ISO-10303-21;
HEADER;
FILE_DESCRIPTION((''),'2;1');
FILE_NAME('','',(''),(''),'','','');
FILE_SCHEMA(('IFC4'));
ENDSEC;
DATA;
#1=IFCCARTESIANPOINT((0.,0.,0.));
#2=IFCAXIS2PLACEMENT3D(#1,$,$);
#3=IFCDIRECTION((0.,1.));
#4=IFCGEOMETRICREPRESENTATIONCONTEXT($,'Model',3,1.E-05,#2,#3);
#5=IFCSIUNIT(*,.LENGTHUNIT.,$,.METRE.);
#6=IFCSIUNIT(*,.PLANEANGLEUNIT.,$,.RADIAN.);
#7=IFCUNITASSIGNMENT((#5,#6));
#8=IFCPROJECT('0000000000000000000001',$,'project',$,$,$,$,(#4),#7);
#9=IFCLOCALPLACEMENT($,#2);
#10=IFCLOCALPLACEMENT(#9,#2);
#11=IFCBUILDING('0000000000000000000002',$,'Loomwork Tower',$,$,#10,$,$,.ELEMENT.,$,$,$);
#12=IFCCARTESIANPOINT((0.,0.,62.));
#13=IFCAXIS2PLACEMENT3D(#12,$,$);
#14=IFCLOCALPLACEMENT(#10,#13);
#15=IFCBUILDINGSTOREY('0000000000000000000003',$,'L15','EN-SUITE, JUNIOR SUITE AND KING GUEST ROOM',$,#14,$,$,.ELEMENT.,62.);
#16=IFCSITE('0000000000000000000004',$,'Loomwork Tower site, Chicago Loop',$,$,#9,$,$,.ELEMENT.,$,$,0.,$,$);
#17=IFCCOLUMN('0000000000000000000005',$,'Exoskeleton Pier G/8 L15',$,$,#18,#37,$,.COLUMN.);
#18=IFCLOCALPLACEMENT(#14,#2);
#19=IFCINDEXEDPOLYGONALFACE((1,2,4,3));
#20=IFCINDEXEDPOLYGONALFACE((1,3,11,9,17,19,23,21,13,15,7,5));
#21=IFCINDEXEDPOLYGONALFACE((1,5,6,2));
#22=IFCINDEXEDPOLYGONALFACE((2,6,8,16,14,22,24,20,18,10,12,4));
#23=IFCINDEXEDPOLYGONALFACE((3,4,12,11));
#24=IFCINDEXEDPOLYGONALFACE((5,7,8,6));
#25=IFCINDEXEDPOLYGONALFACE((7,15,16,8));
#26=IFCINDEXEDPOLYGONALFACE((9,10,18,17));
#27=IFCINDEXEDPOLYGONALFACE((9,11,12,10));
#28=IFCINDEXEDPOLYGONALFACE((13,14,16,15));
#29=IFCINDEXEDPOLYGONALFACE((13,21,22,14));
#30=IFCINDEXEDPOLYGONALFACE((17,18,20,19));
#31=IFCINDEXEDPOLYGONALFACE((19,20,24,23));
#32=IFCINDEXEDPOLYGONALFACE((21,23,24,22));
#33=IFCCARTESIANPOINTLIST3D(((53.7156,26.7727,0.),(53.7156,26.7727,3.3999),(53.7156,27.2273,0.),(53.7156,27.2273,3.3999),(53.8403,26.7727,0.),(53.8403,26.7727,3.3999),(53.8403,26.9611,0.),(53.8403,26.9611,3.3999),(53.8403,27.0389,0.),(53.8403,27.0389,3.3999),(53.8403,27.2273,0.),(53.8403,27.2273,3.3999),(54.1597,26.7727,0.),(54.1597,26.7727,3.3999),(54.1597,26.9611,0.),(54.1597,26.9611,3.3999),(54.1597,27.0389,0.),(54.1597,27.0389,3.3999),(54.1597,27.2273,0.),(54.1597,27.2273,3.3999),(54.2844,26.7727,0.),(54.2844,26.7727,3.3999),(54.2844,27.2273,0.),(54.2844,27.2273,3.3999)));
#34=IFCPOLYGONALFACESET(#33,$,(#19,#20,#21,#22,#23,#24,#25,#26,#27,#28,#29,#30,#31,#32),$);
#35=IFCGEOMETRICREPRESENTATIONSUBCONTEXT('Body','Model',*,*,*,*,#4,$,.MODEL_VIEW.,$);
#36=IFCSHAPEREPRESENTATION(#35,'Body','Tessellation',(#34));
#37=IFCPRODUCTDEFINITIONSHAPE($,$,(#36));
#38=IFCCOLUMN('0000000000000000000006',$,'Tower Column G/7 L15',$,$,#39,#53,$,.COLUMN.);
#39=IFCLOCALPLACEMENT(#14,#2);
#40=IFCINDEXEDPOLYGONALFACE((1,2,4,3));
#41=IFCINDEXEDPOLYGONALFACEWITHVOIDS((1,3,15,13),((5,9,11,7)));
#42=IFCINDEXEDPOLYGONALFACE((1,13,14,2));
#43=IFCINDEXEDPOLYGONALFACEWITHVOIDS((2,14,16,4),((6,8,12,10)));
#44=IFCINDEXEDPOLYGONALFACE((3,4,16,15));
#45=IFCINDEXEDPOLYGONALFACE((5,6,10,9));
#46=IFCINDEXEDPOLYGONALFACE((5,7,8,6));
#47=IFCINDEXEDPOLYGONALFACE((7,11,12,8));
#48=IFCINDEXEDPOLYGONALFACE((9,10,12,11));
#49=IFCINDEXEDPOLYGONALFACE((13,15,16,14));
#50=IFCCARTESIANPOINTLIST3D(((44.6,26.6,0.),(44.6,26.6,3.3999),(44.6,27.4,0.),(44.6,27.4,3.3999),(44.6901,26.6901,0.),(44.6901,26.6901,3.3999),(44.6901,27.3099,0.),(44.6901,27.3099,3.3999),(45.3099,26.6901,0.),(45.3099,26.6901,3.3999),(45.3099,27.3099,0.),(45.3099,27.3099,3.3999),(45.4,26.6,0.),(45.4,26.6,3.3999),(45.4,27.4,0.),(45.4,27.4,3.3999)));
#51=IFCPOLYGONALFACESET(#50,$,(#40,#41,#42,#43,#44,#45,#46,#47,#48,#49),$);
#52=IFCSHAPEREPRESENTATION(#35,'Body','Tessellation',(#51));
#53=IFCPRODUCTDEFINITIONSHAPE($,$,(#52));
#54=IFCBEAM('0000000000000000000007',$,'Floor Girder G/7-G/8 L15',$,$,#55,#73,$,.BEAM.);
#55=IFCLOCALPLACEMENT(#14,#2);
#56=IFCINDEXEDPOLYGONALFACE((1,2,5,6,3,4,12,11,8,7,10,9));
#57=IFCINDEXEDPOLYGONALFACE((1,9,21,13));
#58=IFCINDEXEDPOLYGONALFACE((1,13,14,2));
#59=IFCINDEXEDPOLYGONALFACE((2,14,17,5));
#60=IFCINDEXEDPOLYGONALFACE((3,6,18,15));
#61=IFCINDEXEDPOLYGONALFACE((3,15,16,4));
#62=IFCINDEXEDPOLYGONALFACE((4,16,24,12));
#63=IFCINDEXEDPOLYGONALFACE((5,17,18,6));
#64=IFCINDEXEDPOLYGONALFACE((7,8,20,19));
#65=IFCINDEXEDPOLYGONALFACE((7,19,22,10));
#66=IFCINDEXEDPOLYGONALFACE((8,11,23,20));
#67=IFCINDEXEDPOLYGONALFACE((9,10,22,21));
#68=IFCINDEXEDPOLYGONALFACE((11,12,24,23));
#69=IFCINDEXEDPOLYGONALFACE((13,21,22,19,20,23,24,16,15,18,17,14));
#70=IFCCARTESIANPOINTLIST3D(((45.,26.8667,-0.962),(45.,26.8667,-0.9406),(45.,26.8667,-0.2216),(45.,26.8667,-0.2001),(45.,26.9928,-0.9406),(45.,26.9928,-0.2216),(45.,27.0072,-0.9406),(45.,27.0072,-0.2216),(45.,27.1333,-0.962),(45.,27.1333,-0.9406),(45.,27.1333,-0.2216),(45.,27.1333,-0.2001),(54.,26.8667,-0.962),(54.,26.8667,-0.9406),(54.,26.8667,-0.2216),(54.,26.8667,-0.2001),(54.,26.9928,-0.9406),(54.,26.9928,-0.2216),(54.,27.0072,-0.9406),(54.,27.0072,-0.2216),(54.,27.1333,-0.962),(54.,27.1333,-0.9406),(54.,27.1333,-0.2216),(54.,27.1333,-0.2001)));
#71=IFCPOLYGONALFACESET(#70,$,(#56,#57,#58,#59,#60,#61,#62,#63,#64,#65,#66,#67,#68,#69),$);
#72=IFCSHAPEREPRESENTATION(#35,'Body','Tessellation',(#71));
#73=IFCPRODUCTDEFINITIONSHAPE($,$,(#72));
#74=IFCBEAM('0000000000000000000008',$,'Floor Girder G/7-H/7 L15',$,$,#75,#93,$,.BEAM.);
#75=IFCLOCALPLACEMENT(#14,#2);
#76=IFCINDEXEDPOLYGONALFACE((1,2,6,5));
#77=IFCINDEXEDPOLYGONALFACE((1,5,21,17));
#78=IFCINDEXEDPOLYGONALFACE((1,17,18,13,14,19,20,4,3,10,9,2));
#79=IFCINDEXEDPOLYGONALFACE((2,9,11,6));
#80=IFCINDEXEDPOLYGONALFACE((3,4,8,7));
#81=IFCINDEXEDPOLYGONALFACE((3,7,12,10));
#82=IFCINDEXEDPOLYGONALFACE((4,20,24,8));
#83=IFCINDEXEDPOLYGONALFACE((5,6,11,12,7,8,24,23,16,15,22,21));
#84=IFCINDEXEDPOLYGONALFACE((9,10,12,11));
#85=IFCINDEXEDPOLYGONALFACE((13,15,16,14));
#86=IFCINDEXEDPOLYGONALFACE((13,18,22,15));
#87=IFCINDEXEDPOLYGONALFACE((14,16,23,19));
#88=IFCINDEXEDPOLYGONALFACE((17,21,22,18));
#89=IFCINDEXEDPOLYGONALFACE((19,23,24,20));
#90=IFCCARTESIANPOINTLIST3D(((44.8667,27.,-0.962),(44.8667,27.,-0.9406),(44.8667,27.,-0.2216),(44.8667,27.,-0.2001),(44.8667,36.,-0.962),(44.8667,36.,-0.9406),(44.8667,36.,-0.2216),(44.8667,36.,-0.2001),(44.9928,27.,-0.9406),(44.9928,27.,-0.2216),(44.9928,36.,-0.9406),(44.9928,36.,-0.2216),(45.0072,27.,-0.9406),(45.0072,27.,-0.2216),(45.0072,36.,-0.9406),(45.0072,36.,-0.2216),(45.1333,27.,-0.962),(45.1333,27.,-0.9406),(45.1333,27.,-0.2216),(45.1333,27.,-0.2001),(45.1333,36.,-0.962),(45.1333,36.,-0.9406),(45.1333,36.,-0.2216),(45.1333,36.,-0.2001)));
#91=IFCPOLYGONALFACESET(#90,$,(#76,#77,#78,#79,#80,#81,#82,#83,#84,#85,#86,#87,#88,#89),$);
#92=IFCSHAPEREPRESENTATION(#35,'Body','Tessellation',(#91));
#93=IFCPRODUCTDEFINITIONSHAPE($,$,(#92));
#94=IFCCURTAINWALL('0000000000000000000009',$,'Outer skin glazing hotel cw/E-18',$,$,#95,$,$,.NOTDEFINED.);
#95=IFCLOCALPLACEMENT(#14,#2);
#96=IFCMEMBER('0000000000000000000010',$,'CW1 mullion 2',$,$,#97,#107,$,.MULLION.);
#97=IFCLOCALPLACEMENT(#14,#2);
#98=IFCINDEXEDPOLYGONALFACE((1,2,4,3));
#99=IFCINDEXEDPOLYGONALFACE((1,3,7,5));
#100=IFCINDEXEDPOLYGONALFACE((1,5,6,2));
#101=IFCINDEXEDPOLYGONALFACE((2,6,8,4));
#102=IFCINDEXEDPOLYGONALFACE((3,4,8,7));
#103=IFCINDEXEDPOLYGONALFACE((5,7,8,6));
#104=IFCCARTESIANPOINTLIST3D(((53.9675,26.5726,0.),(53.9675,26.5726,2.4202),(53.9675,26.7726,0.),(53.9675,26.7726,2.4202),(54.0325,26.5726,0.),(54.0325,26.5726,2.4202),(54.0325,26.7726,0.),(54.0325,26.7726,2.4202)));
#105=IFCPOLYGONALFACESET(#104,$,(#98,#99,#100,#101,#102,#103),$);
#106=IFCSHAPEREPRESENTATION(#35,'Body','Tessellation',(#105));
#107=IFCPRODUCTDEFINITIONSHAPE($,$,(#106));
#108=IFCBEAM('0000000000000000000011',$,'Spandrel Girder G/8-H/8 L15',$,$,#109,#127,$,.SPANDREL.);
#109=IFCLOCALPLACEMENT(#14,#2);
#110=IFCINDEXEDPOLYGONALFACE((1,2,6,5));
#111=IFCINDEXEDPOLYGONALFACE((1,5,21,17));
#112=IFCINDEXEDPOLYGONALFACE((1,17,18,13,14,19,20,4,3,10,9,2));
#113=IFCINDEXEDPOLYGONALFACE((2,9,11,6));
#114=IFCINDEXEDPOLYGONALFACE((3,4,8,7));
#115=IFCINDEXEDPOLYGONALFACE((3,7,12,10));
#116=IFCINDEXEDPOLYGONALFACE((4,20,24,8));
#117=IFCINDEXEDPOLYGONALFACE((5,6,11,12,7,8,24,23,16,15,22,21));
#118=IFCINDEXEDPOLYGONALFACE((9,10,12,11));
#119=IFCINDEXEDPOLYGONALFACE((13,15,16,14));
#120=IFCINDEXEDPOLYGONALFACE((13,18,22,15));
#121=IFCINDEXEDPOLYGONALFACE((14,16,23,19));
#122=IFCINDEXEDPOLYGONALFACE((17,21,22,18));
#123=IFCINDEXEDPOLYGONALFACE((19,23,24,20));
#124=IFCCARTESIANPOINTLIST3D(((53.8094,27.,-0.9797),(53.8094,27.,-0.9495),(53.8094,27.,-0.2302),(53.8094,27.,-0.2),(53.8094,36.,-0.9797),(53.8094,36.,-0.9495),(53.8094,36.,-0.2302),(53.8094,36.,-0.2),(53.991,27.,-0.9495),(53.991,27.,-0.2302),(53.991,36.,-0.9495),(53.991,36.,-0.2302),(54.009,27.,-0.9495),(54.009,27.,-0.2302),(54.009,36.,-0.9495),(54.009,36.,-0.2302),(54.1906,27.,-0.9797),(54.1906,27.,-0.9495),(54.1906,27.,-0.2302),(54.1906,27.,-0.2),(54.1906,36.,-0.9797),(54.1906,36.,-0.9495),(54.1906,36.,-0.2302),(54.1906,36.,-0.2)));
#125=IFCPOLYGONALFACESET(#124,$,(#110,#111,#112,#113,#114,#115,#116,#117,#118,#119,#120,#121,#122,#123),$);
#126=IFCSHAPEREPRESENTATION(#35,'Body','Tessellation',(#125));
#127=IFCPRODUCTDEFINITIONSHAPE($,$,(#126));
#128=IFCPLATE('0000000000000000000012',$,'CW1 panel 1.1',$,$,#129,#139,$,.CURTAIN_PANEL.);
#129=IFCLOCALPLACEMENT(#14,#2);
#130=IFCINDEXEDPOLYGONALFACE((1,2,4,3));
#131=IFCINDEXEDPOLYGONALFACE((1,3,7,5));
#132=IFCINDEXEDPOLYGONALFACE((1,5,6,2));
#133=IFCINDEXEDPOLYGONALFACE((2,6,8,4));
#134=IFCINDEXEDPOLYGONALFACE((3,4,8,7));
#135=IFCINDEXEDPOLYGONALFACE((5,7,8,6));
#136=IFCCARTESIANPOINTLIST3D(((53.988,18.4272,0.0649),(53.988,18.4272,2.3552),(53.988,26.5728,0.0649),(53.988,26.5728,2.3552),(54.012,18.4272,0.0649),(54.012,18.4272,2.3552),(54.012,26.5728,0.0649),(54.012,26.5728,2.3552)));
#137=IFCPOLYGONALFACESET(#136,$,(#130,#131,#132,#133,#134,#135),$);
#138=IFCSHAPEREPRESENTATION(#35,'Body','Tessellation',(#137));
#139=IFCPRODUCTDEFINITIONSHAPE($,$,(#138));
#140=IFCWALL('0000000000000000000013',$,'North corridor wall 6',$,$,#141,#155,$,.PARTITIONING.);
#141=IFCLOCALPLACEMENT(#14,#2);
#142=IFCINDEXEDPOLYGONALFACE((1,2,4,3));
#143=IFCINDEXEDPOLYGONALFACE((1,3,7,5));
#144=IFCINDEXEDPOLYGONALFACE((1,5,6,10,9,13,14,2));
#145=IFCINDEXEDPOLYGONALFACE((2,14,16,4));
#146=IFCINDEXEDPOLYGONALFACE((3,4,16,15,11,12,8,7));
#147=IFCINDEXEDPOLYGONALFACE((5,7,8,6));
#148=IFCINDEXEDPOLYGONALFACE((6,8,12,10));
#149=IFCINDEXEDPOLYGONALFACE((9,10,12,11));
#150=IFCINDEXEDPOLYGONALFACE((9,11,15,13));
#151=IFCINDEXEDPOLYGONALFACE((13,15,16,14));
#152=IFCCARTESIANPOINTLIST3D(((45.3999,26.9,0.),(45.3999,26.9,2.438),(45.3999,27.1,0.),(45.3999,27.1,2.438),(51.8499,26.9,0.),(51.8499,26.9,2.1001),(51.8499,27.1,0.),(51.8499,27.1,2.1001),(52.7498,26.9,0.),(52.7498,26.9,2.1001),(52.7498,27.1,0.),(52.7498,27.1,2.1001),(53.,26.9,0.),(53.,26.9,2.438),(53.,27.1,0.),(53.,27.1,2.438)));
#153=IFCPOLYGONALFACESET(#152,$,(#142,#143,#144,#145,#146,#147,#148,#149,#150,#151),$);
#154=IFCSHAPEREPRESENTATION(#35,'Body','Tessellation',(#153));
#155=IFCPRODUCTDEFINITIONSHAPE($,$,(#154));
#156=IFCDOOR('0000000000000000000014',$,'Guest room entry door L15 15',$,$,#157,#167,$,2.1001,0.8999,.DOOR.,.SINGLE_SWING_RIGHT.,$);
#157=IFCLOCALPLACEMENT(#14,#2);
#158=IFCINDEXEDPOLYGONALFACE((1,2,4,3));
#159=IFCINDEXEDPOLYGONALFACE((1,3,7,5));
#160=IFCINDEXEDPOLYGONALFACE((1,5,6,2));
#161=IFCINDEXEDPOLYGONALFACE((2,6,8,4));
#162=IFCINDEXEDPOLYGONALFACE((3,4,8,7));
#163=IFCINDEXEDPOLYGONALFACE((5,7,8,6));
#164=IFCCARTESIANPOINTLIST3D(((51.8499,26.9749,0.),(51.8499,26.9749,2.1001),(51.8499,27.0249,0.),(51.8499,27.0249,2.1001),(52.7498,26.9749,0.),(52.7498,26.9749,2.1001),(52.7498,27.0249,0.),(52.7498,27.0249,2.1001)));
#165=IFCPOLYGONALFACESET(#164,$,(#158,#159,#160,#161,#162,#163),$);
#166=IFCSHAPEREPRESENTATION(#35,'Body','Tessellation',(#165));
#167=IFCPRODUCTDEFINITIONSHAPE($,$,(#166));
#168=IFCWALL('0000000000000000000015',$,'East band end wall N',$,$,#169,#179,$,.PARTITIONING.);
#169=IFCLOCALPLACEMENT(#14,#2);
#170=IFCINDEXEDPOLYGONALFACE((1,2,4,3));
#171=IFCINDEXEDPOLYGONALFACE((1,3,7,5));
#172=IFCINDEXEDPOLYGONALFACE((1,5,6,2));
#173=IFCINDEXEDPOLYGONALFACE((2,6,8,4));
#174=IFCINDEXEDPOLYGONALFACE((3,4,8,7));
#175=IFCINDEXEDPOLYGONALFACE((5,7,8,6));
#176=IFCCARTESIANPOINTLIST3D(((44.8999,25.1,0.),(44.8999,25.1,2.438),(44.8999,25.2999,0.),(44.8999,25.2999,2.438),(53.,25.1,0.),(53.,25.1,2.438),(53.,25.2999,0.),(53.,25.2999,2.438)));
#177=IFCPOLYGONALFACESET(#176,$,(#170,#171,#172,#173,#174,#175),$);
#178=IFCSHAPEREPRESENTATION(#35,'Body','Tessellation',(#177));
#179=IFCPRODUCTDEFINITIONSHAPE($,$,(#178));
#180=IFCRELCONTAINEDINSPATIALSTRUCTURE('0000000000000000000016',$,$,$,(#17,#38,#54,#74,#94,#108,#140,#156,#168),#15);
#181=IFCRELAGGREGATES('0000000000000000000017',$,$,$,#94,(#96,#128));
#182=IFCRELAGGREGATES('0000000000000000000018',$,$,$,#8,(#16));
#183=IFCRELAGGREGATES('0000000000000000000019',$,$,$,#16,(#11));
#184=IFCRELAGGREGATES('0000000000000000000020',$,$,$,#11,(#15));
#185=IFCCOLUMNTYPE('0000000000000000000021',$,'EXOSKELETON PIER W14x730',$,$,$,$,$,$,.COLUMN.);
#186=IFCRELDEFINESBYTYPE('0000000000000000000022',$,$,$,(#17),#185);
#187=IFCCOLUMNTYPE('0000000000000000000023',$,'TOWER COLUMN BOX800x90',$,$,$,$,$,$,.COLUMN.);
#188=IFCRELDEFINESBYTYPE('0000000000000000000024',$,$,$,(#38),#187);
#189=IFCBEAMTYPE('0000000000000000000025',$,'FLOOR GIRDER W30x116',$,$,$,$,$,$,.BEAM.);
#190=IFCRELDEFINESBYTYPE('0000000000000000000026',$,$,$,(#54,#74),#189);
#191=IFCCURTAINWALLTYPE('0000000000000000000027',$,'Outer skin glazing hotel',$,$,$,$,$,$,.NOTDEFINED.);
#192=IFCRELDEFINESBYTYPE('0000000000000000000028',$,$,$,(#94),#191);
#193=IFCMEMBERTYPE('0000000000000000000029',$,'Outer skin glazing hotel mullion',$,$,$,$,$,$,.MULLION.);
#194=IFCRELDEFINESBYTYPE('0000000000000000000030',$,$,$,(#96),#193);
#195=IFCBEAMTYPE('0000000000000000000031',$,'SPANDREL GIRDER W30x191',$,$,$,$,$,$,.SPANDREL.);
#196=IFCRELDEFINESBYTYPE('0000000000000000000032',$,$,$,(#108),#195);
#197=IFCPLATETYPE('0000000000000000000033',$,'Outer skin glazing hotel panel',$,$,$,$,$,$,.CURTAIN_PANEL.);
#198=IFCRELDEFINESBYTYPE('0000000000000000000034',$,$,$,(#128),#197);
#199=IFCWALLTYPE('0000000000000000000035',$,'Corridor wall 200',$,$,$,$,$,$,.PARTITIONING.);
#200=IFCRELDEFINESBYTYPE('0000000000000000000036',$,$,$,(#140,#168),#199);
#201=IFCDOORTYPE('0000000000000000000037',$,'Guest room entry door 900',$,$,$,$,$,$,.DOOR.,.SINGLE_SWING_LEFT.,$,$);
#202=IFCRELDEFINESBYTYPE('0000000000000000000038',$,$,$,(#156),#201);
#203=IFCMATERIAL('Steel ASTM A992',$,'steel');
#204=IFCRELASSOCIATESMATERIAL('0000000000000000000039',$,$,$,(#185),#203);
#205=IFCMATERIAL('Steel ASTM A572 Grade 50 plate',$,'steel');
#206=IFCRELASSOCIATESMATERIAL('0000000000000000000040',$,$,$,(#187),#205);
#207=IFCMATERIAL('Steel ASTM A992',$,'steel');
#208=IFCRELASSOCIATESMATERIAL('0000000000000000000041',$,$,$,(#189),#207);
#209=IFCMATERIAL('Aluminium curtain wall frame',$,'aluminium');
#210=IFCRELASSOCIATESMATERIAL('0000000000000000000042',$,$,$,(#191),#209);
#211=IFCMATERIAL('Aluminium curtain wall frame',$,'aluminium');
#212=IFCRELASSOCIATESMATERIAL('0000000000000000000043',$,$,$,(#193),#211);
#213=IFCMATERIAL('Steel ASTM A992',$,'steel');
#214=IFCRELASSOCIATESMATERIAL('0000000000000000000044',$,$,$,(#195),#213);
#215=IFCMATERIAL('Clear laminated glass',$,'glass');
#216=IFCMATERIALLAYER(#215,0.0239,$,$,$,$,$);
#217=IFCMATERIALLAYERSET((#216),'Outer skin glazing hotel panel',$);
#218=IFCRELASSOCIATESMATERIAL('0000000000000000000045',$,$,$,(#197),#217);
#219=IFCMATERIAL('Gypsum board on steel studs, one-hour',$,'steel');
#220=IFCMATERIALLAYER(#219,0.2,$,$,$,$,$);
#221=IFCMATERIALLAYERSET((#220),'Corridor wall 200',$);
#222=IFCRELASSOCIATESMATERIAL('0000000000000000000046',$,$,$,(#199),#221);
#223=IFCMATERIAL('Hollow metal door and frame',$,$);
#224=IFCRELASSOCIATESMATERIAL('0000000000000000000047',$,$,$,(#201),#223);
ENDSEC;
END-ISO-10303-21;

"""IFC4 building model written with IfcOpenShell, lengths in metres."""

from ifc_helpers import new_model, si_unit, direction, frame, frame_2d, origin, origin_2d, place, context, subcontext, project, spatial, rectangle, hollow_rectangle, i_section, extrude, material, layer, layer_set, material_profile, profile_set, type_object, element, fill, aggregate, save


model = new_model("IFC4")

# Units and contexts
model_context = context("Model", 3, precision=1e-05, world=origin(), true_north=direction((0.0, 1.0)))
body_context = subcontext(model_context, "Body", "Model", "MODEL_VIEW")
ifc_project = project(units=[si_unit("LENGTHUNIT", "METRE"), si_unit("PLANEANGLEUNIT", "RADIAN")], contexts=[model_context])

# Site, building, storey
site_placement = place(None, origin())
site = spatial("IfcSite", under=ifc_project, at=site_placement, Name="Loomwork Tower site, Chicago Loop", CompositionType="ELEMENT", RefElevation=0.0)
building_placement = place(site_placement, origin())
building = spatial("IfcBuilding", under=site, at=building_placement, Name="Loomwork Tower", CompositionType="ELEMENT")
storey_placement = place(building_placement, frame((0.0, 0.0, 62.0)))
storey = spatial("IfcBuildingStorey", under=building, at=storey_placement, Name="L15", Description="EN-SUITE, JUNIOR SUITE AND KING GUEST ROOM", CompositionType="ELEMENT", Elevation=62.0)

# Columns
ifc_material_1 = material(Name="Steel ASTM A992", Category="steel")
ifc_material_profile_1 = material_profile(ifc_material_1, i_section(OverallWidth=0.4546, OverallDepth=0.5688, WebThickness=0.0779, FlangeThickness=0.1248, at=origin_2d()), Name="W14x730")
ifc_profile_set_1 = profile_set([ifc_material_profile_1], Name="Steel ASTM A992")
column_type_1 = type_object("IfcColumnType", Name="EXOSKELETON PIER W14x730", PredefinedType="COLUMN", material=ifc_profile_set_1)
column_1_placement = place(storey_placement, frame((54.0, 27.0, 0.0), z_axis=(0.0, 0.0, 1.0), x_axis=(0.0, 1.0, 0.0)))
element("IfcColumn", 1, at=column_1_placement, inside=storey, type_object=column_type_1, Name="Exoskeleton Pier G/8 L15", PredefinedType="COLUMN", context=body_context, shape_type="SweptSolid", body=[
    extrude(i_section(OverallWidth=0.4546, OverallDepth=0.5688, WebThickness=0.0779, FlangeThickness=0.1248, at=origin_2d()), origin(), (0.0, 0.0, 1.0), 3.3999),
])
ifc_material_2 = material(Name="Steel ASTM A572 Grade 50 plate", Category="steel")
ifc_material_profile_2 = material_profile(ifc_material_2, hollow_rectangle(XDim=0.8, YDim=0.8, WallThickness=0.0901, at=origin_2d()), Name="BOX800x90")
ifc_profile_set_2 = profile_set([ifc_material_profile_2], Name="Steel ASTM A572 Grade 50 plate")
column_type_2 = type_object("IfcColumnType", Name="TOWER COLUMN BOX800x90", PredefinedType="COLUMN", material=ifc_profile_set_2)
column_2_placement = place(storey_placement, frame((45.0, 27.0, 0.0), z_axis=(0.0, 0.0, 1.0), x_axis=(0.0, 1.0, 0.0)))
element("IfcColumn", 2, at=column_2_placement, inside=storey, type_object=column_type_2, Name="Tower Column G/7 L15", PredefinedType="COLUMN", context=body_context, shape_type="SweptSolid", body=[
    extrude(hollow_rectangle(XDim=0.8, YDim=0.8, WallThickness=0.0901, at=origin_2d()), origin(), (0.0, 0.0, 1.0), 3.3999),
])

# Beams
ifc_material_3 = material(Name="Steel ASTM A992", Category="steel")
ifc_material_profile_3 = material_profile(ifc_material_3, i_section(OverallWidth=0.2666, OverallDepth=0.762, WebThickness=0.0144, FlangeThickness=0.0215, at=origin_2d()), Name="W30x116")
ifc_profile_set_3 = profile_set([ifc_material_profile_3], Name="Steel ASTM A992")
beam_type_1 = type_object("IfcBeamType", Name="FLOOR GIRDER W30x116", PredefinedType="BEAM", material=ifc_profile_set_3)
for number, where, z_axis, x_axis, name in (
    (3, (45.0, 27.0, -0.5811), (1.0, 0.0, 0.0), (0.0, 1.0, 0.0), "Floor Girder G/7-G/8 L15"),
    (4, (45.0, 27.0, -0.5811), (0.0, 1.0, 0.0), (-1.0, 0.0, 0.0), "Floor Girder G/7-H/7 L15"),
):
    element("IfcBeam", number, at=place(storey_placement, frame(where, z_axis=z_axis, x_axis=x_axis)), inside=storey, type_object=beam_type_1, Name=name, PredefinedType="BEAM", context=body_context, shape_type="SweptSolid", body=[
        extrude(i_section(OverallWidth=0.2666, OverallDepth=0.762, WebThickness=0.0144, FlangeThickness=0.0215, at=origin_2d()), origin(), (0.0, 0.0, 1.0), 9.0),
    ])

# Curtain wall, member
ifc_material_4 = material(Name="Aluminium curtain wall frame", Category="aluminium")
curtain_wall_type = type_object("IfcCurtainWallType", Name="Outer skin glazing hotel", PredefinedType="NOTDEFINED", material=ifc_material_4)
curtain_wall_placement = place(storey_placement, origin())
curtain_wall = element("IfcCurtainWall", 5, at=curtain_wall_placement, inside=storey, type_object=curtain_wall_type, Name="Outer skin glazing hotel cw/E-18", PredefinedType="NOTDEFINED")
ifc_material_5 = material(Name="Aluminium curtain wall frame", Category="aluminium")
ifc_material_profile_4 = material_profile(ifc_material_5, rectangle(XDim=0.0649, YDim=0.2, at=origin_2d()), Name="AL 65x200")
ifc_profile_set_4 = profile_set([ifc_material_profile_4], Name="Aluminium curtain wall frame")
member_type = type_object("IfcMemberType", Name="Outer skin glazing hotel mullion", PredefinedType="MULLION", material=ifc_profile_set_4)
member_placement = place(storey_placement, frame((54.0, 26.6726, 0.0), z_axis=(0.0, 0.0, 1.0), x_axis=(-1.0, 0.0, 0.0)))
member = element("IfcMember", 6, at=member_placement, type_object=member_type, Name="CW1 mullion 2", PredefinedType="MULLION", context=body_context, shape_type="SweptSolid", body=[
    extrude(rectangle(XDim=0.0649, YDim=0.2, at=origin_2d()), origin(), (0.0, 0.0, 1.0), 2.4202),
])

# Beam
ifc_material_6 = material(Name="Steel ASTM A992", Category="steel")
ifc_material_profile_5 = material_profile(ifc_material_6, i_section(OverallWidth=0.3811, OverallDepth=0.7798, WebThickness=0.0181, FlangeThickness=0.0303, at=origin_2d()), Name="W30x191")
ifc_profile_set_5 = profile_set([ifc_material_profile_5], Name="Steel ASTM A992")
beam_type_2 = type_object("IfcBeamType", Name="SPANDREL GIRDER W30x191", PredefinedType="SPANDREL", material=ifc_profile_set_5)
beam_placement = place(storey_placement, frame((54.0, 27.0, -0.5898), z_axis=(0.0, 1.0, 0.0), x_axis=(-1.0, 0.0, 0.0)))
element("IfcBeam", 7, at=beam_placement, inside=storey, type_object=beam_type_2, Name="Spandrel Girder G/8-H/8 L15", PredefinedType="SPANDREL", context=body_context, shape_type="SweptSolid", body=[
    extrude(i_section(OverallWidth=0.3811, OverallDepth=0.7798, WebThickness=0.0181, FlangeThickness=0.0303, at=origin_2d()), origin(), (0.0, 0.0, 1.0), 9.0),
])

# Plate
ifc_material_7 = material(Name="Clear laminated glass", Category="glass")
ifc_layer_1 = layer(ifc_material_7, 0.0239)
ifc_layer_set_1 = layer_set([ifc_layer_1], Name="Outer skin glazing hotel panel")
plate_type = type_object("IfcPlateType", Name="Outer skin glazing hotel panel", PredefinedType="CURTAIN_PANEL", material=ifc_layer_set_1)
plate_placement = place(storey_placement, frame((54.0, 22.5, 0.0649), z_axis=(0.0, 0.0, 1.0), x_axis=(0.0, 1.0, 0.0)))
plate = element("IfcPlate", 8, at=plate_placement, type_object=plate_type, Name="CW1 panel 1.1", PredefinedType="CURTAIN_PANEL", context=body_context, shape_type="SweptSolid", body=[
    extrude(rectangle(XDim=8.1455, YDim=0.0239, at=origin_2d()), origin(), (0.0, 0.0, 1.0), 2.2903),
])
aggregate(curtain_wall, [member, plate])

# Wall, opening, door
ifc_material_8 = material(Name="Gypsum board on steel studs, one-hour", Category="steel")
ifc_layer_2 = layer(ifc_material_8, 0.2)
ifc_layer_set_2 = layer_set([ifc_layer_2], Name="Corridor wall 200")
wall_type_1 = type_object("IfcWallType", Name="Corridor wall 200", PredefinedType="PARTITIONING", material=ifc_layer_set_2)
wall_1_placement = place(storey_placement, frame((45.3999, 27.0, 0.0), z_axis=(0.0, 0.0, 1.0), x_axis=(1.0, 0.0, 0.0)))
wall_1 = element("IfcWall", 9, at=wall_1_placement, inside=storey, type_object=wall_type_1, Name="North corridor wall 6", PredefinedType="PARTITIONING", context=body_context, shape_type="SweptSolid", body=[
    extrude(rectangle(XDim=7.6001, YDim=0.2, at=frame_2d((3.8, 0.0))), origin(), (0.0, 0.0, 1.0), 2.438),
])
opening_1_placement = place(wall_1_placement, frame((6.45, 0.0, 0.0)))
opening_1 = element("IfcOpeningElement", 10, at=opening_1_placement, cuts=wall_1, PredefinedType="OPENING", context=body_context, shape_type="SweptSolid", body=[
    extrude(rectangle(XDim=0.8999, YDim=2.1001, at=frame_2d((0.45, 1.05))), frame((0.0, 0.1099, 0.0), z_axis=(0.0, -1.0, 0.0), x_axis=(1.0, 0.0, 0.0)), (0.0, 0.0, 1.0), 0.22),
])
ifc_material_9 = material(Name="Hollow metal door and frame")
door_type_1 = type_object("IfcDoorType", Name="Guest room entry door 900", OperationType="SINGLE_SWING_LEFT", PredefinedType="DOOR", material=ifc_material_9)
door_1_placement = place(opening_1_placement, origin())
door_1 = element("IfcDoor", 11, at=door_1_placement, inside=storey, type_object=door_type_1, Name="Guest room entry door L15 15", OperationType="SINGLE_SWING_RIGHT", OverallHeight=2.1001, OverallWidth=0.8999, PredefinedType="DOOR", context=body_context, shape_type="SweptSolid", body=[
    extrude(rectangle(XDim=0.8999, YDim=2.1001, at=frame_2d((0.45, 1.05))), frame((0.0, 0.0249, 0.0), z_axis=(0.0, -1.0, 0.0), x_axis=(1.0, 0.0, 0.0)), (0.0, 0.0, 1.0), 0.05),
])
fill(opening_1, door_1)

# Wall
wall_2_placement = place(storey_placement, frame((44.8999, 25.2, 0.0), z_axis=(0.0, 0.0, 1.0), x_axis=(1.0, 0.0, 0.0)))
element("IfcWall", 12, at=wall_2_placement, inside=storey, type_object=wall_type_1, Name="East band end wall N", PredefinedType="PARTITIONING", context=body_context, shape_type="SweptSolid", body=[
    extrude(rectangle(XDim=8.1001, YDim=0.2, at=frame_2d((4.05, 0.0))), origin(), (0.0, 0.0, 1.0), 2.438),
])

save(model, "model.ifc")
